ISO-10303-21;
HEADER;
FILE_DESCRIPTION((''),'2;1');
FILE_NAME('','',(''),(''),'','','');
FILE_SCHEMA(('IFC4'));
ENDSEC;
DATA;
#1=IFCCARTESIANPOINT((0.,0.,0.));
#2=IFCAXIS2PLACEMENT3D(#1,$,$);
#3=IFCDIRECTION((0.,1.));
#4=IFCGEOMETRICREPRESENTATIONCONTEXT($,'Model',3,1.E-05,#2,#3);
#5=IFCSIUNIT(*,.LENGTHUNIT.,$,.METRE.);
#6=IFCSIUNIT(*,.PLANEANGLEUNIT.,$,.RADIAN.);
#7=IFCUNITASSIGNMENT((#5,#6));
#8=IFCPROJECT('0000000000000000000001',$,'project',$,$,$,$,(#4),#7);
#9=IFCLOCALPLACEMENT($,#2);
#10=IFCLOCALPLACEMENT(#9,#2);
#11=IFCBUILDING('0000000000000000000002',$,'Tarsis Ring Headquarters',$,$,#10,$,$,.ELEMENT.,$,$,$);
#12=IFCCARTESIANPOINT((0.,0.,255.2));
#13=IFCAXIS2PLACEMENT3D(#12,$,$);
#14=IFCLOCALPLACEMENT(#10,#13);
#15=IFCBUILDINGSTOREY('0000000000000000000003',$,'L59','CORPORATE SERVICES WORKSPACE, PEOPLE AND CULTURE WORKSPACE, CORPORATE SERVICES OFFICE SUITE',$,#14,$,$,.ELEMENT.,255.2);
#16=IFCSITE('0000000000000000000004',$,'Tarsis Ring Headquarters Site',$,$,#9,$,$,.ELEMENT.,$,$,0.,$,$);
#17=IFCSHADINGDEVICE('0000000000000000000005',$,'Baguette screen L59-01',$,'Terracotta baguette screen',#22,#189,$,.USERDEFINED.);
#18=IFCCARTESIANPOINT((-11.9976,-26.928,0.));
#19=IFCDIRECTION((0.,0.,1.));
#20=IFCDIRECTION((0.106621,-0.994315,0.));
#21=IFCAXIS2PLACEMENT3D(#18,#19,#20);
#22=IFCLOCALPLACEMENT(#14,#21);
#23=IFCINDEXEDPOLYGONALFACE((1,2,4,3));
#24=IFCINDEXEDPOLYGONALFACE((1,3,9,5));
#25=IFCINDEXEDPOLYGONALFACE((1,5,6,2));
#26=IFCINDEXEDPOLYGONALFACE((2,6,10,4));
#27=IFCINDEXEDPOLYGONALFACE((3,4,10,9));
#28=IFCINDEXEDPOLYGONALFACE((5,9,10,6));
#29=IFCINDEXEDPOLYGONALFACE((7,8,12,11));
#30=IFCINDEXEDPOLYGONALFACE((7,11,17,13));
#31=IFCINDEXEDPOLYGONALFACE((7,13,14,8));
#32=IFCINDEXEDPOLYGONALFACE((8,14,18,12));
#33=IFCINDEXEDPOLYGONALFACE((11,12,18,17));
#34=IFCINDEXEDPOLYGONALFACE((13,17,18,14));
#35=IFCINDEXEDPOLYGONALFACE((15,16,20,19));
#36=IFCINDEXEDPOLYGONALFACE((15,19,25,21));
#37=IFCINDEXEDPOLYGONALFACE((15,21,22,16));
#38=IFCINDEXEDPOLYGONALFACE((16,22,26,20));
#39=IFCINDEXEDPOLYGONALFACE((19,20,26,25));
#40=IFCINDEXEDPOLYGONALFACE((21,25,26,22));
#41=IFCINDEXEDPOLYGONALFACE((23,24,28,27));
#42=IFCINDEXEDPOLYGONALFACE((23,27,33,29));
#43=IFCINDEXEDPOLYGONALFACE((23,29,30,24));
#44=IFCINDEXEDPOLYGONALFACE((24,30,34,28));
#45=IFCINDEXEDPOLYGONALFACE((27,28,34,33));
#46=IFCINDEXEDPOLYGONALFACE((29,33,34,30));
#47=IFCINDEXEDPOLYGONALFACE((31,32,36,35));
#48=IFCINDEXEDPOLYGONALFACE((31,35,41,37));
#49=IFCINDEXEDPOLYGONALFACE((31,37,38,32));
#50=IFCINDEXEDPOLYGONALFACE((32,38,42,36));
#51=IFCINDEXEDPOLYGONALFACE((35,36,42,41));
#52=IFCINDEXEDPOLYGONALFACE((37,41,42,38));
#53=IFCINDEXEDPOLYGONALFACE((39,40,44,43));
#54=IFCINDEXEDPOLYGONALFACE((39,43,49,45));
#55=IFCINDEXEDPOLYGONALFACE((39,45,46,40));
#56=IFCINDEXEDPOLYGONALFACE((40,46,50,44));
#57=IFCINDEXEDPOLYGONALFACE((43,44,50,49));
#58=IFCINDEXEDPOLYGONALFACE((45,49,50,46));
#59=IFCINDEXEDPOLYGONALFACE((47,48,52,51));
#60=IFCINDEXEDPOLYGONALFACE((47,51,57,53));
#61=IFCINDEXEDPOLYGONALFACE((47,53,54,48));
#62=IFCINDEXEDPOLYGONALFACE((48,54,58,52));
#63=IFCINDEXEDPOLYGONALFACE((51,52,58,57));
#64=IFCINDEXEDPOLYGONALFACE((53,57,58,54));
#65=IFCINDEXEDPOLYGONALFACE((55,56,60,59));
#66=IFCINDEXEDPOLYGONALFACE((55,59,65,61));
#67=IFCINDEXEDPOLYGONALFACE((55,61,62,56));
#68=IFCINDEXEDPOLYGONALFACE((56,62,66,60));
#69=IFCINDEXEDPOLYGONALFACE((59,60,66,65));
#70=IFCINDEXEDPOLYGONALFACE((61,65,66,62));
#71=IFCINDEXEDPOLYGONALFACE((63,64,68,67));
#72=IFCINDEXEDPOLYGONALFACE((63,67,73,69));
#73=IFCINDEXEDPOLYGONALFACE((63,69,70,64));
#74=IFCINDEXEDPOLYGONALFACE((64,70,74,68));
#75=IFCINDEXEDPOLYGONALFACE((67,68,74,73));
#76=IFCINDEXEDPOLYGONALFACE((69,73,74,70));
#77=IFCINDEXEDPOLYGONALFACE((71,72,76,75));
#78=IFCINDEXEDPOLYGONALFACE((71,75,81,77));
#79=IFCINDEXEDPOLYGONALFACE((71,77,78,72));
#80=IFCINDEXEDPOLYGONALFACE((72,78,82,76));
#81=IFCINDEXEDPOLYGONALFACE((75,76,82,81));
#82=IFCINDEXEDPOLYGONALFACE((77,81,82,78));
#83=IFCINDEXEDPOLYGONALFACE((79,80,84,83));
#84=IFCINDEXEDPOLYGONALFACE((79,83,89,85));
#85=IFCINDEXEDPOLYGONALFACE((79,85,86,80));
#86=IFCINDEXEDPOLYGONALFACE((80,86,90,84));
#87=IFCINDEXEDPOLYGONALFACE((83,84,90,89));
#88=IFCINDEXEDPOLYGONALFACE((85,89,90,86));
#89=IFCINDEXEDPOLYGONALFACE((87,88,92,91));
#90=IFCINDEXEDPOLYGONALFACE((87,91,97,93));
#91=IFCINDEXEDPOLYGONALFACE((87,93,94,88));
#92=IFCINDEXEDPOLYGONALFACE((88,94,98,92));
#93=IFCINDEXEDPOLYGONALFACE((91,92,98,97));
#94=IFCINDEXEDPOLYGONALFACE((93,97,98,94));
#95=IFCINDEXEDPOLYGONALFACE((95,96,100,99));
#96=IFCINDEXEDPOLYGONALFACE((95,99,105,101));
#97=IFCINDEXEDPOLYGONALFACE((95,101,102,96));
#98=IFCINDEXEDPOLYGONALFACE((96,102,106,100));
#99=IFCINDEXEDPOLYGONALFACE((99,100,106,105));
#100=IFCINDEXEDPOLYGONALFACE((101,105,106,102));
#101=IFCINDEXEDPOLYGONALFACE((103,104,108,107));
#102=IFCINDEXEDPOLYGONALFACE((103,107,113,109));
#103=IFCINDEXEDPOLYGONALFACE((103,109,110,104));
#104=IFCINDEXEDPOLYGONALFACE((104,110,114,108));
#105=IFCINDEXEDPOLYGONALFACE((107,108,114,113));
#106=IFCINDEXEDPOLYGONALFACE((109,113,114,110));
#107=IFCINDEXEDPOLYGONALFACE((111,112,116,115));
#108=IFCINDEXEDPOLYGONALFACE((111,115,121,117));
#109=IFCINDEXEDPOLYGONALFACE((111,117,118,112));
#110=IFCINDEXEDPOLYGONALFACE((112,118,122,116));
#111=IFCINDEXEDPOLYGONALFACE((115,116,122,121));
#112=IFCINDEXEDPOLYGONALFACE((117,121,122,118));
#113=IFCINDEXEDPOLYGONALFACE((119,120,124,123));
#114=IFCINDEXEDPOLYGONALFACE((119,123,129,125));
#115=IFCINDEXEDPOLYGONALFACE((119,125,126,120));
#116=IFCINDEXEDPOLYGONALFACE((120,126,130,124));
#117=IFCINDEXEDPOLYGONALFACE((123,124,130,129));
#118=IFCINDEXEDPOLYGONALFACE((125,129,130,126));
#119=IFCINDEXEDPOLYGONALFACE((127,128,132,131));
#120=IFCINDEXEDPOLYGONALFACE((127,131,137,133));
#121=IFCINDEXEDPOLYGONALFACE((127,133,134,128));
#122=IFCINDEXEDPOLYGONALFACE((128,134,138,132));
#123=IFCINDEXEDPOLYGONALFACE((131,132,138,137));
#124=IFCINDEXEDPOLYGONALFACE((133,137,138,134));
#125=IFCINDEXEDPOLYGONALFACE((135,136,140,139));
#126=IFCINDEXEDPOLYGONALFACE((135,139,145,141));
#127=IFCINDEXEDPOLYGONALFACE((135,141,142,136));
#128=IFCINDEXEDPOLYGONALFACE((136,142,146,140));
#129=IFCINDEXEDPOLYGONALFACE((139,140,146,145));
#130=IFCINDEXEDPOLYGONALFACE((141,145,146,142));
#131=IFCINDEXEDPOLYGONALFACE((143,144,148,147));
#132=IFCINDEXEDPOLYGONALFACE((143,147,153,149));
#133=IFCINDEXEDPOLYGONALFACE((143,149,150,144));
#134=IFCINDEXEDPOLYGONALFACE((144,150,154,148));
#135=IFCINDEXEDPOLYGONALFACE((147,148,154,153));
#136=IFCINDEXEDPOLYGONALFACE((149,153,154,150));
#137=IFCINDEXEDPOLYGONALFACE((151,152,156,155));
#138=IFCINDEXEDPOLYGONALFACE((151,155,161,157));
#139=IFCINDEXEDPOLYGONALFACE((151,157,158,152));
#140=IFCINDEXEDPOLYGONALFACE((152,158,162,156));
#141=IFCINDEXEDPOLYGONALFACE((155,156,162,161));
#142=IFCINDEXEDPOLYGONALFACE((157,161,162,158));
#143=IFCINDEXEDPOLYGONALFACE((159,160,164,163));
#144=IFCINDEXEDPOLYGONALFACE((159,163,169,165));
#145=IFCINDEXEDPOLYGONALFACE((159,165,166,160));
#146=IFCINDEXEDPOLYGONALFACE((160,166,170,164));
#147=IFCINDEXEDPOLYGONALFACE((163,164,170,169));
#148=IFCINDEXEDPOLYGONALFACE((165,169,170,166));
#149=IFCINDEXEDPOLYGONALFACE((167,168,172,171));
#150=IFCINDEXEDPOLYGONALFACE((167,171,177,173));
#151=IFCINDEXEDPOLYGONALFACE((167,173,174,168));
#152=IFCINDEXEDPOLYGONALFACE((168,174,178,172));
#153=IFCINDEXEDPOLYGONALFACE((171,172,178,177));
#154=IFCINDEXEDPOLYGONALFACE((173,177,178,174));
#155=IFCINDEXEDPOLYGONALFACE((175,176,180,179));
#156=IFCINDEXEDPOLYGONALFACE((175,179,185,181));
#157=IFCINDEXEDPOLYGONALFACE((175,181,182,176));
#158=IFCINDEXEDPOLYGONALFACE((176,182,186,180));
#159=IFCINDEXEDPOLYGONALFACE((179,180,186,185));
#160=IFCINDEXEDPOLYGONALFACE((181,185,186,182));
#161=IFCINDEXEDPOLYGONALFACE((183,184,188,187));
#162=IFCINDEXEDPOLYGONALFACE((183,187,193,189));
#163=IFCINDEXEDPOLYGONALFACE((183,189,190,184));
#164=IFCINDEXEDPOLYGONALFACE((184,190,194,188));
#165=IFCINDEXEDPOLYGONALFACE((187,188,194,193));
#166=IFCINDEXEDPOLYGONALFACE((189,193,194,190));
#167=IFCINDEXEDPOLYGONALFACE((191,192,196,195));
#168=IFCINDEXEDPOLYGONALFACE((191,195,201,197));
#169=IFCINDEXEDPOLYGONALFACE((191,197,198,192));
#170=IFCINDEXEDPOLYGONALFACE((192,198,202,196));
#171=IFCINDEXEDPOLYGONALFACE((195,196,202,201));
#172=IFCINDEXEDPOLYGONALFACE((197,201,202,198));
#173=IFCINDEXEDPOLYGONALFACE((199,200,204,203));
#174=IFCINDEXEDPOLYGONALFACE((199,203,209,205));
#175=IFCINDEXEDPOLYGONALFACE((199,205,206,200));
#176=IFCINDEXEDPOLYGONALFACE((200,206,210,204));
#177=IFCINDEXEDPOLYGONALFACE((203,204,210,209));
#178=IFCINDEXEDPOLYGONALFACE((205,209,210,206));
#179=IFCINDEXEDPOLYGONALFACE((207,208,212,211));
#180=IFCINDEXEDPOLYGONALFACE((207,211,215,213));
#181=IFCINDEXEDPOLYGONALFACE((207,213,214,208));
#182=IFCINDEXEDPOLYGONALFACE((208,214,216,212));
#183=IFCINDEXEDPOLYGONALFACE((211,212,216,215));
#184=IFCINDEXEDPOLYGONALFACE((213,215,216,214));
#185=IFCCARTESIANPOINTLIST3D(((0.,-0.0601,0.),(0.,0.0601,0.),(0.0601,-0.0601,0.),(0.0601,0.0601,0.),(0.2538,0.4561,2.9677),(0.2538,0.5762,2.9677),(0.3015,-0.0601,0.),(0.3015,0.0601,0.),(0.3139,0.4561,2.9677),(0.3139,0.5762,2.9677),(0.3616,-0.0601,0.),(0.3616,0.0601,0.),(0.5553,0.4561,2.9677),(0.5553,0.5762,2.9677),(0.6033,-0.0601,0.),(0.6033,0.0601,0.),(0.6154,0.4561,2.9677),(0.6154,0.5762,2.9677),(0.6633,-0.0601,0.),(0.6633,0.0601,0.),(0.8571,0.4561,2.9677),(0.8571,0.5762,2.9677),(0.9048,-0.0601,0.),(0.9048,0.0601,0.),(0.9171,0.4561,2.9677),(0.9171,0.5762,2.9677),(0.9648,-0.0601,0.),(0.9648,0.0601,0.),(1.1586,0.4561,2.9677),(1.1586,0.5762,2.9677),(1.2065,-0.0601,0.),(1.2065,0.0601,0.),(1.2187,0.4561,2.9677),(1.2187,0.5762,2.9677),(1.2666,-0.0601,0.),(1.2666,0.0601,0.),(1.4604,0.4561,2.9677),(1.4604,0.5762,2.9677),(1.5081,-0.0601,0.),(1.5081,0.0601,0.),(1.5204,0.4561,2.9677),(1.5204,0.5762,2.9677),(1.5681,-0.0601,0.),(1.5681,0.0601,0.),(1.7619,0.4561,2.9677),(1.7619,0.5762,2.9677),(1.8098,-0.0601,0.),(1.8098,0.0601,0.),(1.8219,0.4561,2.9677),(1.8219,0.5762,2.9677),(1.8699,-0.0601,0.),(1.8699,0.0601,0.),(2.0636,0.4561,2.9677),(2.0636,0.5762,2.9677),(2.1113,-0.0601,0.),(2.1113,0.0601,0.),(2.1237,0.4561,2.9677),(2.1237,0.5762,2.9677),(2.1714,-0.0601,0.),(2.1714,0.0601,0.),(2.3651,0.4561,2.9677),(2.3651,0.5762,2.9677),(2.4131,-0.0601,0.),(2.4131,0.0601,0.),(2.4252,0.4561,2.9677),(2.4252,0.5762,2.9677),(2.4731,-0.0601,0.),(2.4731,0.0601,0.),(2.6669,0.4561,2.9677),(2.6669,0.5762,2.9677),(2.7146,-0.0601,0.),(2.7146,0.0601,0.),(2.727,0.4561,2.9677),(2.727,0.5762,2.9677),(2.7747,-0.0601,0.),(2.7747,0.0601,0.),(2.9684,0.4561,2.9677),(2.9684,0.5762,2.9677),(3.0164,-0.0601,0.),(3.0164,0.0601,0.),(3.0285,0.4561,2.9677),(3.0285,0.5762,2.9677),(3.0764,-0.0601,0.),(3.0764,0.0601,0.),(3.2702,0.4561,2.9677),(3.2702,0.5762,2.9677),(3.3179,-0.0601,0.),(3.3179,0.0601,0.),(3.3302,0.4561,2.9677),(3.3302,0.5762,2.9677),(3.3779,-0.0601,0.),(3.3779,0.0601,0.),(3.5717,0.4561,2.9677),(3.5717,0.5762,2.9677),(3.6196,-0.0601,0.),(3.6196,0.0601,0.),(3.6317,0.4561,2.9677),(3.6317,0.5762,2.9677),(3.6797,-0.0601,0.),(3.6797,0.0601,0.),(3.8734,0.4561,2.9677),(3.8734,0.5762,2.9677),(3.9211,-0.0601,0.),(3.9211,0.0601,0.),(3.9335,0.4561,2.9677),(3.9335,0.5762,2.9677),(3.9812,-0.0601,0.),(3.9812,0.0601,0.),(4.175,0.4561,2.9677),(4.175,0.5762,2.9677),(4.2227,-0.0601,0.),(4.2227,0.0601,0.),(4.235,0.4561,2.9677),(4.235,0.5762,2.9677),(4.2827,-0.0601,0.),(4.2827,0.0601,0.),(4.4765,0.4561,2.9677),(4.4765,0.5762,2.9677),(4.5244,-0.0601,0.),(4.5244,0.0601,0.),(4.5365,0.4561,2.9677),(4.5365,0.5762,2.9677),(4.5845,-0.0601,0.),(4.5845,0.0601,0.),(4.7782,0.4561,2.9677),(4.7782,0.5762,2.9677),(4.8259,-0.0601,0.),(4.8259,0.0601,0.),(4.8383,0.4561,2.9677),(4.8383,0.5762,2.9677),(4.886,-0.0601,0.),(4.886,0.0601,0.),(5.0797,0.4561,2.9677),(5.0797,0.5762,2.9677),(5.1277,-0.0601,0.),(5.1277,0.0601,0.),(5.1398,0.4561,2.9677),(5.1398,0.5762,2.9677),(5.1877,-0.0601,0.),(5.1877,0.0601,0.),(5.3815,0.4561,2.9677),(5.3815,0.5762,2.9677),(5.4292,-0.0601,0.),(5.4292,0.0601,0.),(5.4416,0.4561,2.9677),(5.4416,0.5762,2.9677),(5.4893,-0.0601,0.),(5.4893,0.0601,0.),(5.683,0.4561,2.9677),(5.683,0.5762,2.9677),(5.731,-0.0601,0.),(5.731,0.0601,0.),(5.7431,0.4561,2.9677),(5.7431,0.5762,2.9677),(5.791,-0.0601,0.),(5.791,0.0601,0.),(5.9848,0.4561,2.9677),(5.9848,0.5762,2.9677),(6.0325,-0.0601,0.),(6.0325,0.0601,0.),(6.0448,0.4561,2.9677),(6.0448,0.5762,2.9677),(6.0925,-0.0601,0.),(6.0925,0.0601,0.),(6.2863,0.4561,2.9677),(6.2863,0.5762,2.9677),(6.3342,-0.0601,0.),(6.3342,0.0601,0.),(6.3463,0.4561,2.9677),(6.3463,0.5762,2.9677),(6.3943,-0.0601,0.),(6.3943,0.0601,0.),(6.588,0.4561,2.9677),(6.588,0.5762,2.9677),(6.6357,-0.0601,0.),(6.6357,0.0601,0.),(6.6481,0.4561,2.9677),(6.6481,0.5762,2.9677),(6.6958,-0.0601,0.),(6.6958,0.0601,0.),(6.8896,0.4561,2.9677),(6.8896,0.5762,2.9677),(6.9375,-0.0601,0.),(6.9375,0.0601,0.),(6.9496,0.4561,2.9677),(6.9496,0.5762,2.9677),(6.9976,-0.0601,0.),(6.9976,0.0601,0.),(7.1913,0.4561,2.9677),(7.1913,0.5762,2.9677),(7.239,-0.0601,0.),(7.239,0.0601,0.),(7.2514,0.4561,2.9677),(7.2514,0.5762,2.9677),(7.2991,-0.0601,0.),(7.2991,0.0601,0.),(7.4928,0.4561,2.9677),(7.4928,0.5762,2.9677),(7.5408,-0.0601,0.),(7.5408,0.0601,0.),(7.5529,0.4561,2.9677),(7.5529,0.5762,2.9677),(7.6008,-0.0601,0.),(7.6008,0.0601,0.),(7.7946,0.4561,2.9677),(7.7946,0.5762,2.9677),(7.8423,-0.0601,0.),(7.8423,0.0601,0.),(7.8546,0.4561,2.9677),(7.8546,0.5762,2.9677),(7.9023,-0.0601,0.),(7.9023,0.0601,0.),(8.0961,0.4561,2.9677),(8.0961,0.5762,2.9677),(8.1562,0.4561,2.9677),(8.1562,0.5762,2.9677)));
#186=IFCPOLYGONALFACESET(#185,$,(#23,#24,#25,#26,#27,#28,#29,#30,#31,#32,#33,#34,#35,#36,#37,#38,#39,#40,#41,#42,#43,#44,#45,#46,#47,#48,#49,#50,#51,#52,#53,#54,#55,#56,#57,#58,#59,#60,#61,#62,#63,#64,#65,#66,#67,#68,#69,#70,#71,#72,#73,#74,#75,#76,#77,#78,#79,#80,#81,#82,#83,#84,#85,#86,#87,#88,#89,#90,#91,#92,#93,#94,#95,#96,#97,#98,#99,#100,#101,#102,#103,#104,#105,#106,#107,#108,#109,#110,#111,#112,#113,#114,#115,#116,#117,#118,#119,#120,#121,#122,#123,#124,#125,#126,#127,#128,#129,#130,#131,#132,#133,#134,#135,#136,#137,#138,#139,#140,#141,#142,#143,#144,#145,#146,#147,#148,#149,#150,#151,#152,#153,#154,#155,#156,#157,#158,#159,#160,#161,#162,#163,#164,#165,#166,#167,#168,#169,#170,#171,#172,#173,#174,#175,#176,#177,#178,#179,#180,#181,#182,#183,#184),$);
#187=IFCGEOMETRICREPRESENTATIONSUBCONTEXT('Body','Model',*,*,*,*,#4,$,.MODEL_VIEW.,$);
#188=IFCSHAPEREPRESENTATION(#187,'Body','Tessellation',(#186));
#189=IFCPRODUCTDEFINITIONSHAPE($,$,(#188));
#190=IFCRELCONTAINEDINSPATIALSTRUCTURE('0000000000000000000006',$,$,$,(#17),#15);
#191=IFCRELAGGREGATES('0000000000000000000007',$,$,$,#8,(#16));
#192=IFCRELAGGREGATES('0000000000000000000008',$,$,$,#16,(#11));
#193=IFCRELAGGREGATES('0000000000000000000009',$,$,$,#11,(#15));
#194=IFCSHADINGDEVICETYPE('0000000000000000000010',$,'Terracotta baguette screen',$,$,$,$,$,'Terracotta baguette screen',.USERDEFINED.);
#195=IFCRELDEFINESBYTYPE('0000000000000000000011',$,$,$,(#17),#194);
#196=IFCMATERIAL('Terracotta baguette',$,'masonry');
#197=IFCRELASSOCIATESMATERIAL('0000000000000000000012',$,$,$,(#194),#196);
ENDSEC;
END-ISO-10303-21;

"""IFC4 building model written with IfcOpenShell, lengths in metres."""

from ifc_helpers import new_model, si_unit, direction, frame, frame_2d, origin, place, context, subcontext, project, spatial, rectangle, composite_profile, extrude, material, type_object, element, save


model = new_model("IFC4")

# Units and contexts
model_context = context("Model", 3, precision=1e-05, world=origin(), true_north=direction((0.0, 1.0)))
body_context = subcontext(model_context, "Body", "Model", "MODEL_VIEW")
ifc_project = project(units=[si_unit("LENGTHUNIT", "METRE"), si_unit("PLANEANGLEUNIT", "RADIAN")], contexts=[model_context])

# Site, building, storey
site_placement = place(None, origin())
site = spatial("IfcSite", under=ifc_project, at=site_placement, Name="Tarsis Ring Headquarters Site", CompositionType="ELEMENT", RefElevation=0.0)
building_placement = place(site_placement, origin())
building = spatial("IfcBuilding", under=site, at=building_placement, Name="Tarsis Ring Headquarters", CompositionType="ELEMENT")
storey_placement = place(building_placement, frame((0.0, 0.0, 255.2)))
storey = spatial("IfcBuildingStorey", under=building, at=storey_placement, Name="L59", Description="CORPORATE SERVICES WORKSPACE, PEOPLE AND CULTURE WORKSPACE, CORPORATE SERVICES OFFICE SUITE", CompositionType="ELEMENT", Elevation=255.2)

# Shading device
ifc_material_1 = material(Name="Terracotta baguette", Category="masonry")
shading_device_type_1 = type_object("IfcShadingDeviceType", Name="Terracotta baguette screen", ElementType="Terracotta baguette screen", PredefinedType="USERDEFINED", material=ifc_material_1)
shading_device_1_placement = place(storey_placement, frame((-11.9976, -26.928, 0.0), z_axis=(0.0, 0.0, 1.0), x_axis=(0.106621, -0.994315, 0.0)))
element("IfcShadingDevice", 1, at=shading_device_1_placement, inside=storey, type_object=shading_device_type_1, Name="Baguette screen L59-01", ObjectType="Terracotta baguette screen", PredefinedType="USERDEFINED", context=body_context, shape_type="SweptSolid", body=[
    extrude(composite_profile([rectangle(XDim=0.0601, YDim=0.1201, at=frame_2d((0.03, 0.0))), rectangle(XDim=0.0601, YDim=0.1201, at=frame_2d((0.3315, 0.0))), rectangle(XDim=0.0601, YDim=0.1201, at=frame_2d((0.6333, 0.0))), rectangle(XDim=0.0601, YDim=0.1201, at=frame_2d((0.9348, 0.0))), rectangle(XDim=0.0601, YDim=0.1201, at=frame_2d((1.2366, 0.0))), rectangle(XDim=0.0601, YDim=0.1201, at=frame_2d((1.5381, 0.0))), rectangle(XDim=0.0601, YDim=0.1201, at=frame_2d((1.8398, 0.0))), rectangle(XDim=0.0601, YDim=0.1201, at=frame_2d((2.1414, 0.0))), rectangle(XDim=0.0601, YDim=0.1201, at=frame_2d((2.4431, 0.0))), rectangle(XDim=0.0601, YDim=0.1201, at=frame_2d((2.7446, 0.0))), rectangle(XDim=0.0601, YDim=0.1201, at=frame_2d((3.0464, 0.0))), rectangle(XDim=0.0601, YDim=0.1201, at=frame_2d((3.3479, 0.0))), rectangle(XDim=0.0601, YDim=0.1201, at=frame_2d((3.6497, 0.0))), rectangle(XDim=0.0601, YDim=0.1201, at=frame_2d((3.9512, 0.0))), rectangle(XDim=0.0601, YDim=0.1201, at=frame_2d((4.2527, 0.0))), rectangle(XDim=0.0601, YDim=0.1201, at=frame_2d((4.5544, 0.0))), rectangle(XDim=0.0601, YDim=0.1201, at=frame_2d((4.856, 0.0))), rectangle(XDim=0.0601, YDim=0.1201, at=frame_2d((5.1577, 0.0))), rectangle(XDim=0.0601, YDim=0.1201, at=frame_2d((5.4592, 0.0))), rectangle(XDim=0.0601, YDim=0.1201, at=frame_2d((5.761, 0.0))), rectangle(XDim=0.0601, YDim=0.1201, at=frame_2d((6.0625, 0.0))), rectangle(XDim=0.0601, YDim=0.1201, at=frame_2d((6.3643, 0.0))), rectangle(XDim=0.0601, YDim=0.1201, at=frame_2d((6.6658, 0.0))), rectangle(XDim=0.0601, YDim=0.1201, at=frame_2d((6.9675, 0.0))), rectangle(XDim=0.0601, YDim=0.1201, at=frame_2d((7.269, 0.0))), rectangle(XDim=0.0601, YDim=0.1201, at=frame_2d((7.5708, 0.0))), rectangle(XDim=0.0601, YDim=0.1201, at=frame_2d((7.8723, 0.0)))]), origin(), (0.083963, 0.170749, 0.981731), 3.0229),
])

save(model, "model.ifc")
